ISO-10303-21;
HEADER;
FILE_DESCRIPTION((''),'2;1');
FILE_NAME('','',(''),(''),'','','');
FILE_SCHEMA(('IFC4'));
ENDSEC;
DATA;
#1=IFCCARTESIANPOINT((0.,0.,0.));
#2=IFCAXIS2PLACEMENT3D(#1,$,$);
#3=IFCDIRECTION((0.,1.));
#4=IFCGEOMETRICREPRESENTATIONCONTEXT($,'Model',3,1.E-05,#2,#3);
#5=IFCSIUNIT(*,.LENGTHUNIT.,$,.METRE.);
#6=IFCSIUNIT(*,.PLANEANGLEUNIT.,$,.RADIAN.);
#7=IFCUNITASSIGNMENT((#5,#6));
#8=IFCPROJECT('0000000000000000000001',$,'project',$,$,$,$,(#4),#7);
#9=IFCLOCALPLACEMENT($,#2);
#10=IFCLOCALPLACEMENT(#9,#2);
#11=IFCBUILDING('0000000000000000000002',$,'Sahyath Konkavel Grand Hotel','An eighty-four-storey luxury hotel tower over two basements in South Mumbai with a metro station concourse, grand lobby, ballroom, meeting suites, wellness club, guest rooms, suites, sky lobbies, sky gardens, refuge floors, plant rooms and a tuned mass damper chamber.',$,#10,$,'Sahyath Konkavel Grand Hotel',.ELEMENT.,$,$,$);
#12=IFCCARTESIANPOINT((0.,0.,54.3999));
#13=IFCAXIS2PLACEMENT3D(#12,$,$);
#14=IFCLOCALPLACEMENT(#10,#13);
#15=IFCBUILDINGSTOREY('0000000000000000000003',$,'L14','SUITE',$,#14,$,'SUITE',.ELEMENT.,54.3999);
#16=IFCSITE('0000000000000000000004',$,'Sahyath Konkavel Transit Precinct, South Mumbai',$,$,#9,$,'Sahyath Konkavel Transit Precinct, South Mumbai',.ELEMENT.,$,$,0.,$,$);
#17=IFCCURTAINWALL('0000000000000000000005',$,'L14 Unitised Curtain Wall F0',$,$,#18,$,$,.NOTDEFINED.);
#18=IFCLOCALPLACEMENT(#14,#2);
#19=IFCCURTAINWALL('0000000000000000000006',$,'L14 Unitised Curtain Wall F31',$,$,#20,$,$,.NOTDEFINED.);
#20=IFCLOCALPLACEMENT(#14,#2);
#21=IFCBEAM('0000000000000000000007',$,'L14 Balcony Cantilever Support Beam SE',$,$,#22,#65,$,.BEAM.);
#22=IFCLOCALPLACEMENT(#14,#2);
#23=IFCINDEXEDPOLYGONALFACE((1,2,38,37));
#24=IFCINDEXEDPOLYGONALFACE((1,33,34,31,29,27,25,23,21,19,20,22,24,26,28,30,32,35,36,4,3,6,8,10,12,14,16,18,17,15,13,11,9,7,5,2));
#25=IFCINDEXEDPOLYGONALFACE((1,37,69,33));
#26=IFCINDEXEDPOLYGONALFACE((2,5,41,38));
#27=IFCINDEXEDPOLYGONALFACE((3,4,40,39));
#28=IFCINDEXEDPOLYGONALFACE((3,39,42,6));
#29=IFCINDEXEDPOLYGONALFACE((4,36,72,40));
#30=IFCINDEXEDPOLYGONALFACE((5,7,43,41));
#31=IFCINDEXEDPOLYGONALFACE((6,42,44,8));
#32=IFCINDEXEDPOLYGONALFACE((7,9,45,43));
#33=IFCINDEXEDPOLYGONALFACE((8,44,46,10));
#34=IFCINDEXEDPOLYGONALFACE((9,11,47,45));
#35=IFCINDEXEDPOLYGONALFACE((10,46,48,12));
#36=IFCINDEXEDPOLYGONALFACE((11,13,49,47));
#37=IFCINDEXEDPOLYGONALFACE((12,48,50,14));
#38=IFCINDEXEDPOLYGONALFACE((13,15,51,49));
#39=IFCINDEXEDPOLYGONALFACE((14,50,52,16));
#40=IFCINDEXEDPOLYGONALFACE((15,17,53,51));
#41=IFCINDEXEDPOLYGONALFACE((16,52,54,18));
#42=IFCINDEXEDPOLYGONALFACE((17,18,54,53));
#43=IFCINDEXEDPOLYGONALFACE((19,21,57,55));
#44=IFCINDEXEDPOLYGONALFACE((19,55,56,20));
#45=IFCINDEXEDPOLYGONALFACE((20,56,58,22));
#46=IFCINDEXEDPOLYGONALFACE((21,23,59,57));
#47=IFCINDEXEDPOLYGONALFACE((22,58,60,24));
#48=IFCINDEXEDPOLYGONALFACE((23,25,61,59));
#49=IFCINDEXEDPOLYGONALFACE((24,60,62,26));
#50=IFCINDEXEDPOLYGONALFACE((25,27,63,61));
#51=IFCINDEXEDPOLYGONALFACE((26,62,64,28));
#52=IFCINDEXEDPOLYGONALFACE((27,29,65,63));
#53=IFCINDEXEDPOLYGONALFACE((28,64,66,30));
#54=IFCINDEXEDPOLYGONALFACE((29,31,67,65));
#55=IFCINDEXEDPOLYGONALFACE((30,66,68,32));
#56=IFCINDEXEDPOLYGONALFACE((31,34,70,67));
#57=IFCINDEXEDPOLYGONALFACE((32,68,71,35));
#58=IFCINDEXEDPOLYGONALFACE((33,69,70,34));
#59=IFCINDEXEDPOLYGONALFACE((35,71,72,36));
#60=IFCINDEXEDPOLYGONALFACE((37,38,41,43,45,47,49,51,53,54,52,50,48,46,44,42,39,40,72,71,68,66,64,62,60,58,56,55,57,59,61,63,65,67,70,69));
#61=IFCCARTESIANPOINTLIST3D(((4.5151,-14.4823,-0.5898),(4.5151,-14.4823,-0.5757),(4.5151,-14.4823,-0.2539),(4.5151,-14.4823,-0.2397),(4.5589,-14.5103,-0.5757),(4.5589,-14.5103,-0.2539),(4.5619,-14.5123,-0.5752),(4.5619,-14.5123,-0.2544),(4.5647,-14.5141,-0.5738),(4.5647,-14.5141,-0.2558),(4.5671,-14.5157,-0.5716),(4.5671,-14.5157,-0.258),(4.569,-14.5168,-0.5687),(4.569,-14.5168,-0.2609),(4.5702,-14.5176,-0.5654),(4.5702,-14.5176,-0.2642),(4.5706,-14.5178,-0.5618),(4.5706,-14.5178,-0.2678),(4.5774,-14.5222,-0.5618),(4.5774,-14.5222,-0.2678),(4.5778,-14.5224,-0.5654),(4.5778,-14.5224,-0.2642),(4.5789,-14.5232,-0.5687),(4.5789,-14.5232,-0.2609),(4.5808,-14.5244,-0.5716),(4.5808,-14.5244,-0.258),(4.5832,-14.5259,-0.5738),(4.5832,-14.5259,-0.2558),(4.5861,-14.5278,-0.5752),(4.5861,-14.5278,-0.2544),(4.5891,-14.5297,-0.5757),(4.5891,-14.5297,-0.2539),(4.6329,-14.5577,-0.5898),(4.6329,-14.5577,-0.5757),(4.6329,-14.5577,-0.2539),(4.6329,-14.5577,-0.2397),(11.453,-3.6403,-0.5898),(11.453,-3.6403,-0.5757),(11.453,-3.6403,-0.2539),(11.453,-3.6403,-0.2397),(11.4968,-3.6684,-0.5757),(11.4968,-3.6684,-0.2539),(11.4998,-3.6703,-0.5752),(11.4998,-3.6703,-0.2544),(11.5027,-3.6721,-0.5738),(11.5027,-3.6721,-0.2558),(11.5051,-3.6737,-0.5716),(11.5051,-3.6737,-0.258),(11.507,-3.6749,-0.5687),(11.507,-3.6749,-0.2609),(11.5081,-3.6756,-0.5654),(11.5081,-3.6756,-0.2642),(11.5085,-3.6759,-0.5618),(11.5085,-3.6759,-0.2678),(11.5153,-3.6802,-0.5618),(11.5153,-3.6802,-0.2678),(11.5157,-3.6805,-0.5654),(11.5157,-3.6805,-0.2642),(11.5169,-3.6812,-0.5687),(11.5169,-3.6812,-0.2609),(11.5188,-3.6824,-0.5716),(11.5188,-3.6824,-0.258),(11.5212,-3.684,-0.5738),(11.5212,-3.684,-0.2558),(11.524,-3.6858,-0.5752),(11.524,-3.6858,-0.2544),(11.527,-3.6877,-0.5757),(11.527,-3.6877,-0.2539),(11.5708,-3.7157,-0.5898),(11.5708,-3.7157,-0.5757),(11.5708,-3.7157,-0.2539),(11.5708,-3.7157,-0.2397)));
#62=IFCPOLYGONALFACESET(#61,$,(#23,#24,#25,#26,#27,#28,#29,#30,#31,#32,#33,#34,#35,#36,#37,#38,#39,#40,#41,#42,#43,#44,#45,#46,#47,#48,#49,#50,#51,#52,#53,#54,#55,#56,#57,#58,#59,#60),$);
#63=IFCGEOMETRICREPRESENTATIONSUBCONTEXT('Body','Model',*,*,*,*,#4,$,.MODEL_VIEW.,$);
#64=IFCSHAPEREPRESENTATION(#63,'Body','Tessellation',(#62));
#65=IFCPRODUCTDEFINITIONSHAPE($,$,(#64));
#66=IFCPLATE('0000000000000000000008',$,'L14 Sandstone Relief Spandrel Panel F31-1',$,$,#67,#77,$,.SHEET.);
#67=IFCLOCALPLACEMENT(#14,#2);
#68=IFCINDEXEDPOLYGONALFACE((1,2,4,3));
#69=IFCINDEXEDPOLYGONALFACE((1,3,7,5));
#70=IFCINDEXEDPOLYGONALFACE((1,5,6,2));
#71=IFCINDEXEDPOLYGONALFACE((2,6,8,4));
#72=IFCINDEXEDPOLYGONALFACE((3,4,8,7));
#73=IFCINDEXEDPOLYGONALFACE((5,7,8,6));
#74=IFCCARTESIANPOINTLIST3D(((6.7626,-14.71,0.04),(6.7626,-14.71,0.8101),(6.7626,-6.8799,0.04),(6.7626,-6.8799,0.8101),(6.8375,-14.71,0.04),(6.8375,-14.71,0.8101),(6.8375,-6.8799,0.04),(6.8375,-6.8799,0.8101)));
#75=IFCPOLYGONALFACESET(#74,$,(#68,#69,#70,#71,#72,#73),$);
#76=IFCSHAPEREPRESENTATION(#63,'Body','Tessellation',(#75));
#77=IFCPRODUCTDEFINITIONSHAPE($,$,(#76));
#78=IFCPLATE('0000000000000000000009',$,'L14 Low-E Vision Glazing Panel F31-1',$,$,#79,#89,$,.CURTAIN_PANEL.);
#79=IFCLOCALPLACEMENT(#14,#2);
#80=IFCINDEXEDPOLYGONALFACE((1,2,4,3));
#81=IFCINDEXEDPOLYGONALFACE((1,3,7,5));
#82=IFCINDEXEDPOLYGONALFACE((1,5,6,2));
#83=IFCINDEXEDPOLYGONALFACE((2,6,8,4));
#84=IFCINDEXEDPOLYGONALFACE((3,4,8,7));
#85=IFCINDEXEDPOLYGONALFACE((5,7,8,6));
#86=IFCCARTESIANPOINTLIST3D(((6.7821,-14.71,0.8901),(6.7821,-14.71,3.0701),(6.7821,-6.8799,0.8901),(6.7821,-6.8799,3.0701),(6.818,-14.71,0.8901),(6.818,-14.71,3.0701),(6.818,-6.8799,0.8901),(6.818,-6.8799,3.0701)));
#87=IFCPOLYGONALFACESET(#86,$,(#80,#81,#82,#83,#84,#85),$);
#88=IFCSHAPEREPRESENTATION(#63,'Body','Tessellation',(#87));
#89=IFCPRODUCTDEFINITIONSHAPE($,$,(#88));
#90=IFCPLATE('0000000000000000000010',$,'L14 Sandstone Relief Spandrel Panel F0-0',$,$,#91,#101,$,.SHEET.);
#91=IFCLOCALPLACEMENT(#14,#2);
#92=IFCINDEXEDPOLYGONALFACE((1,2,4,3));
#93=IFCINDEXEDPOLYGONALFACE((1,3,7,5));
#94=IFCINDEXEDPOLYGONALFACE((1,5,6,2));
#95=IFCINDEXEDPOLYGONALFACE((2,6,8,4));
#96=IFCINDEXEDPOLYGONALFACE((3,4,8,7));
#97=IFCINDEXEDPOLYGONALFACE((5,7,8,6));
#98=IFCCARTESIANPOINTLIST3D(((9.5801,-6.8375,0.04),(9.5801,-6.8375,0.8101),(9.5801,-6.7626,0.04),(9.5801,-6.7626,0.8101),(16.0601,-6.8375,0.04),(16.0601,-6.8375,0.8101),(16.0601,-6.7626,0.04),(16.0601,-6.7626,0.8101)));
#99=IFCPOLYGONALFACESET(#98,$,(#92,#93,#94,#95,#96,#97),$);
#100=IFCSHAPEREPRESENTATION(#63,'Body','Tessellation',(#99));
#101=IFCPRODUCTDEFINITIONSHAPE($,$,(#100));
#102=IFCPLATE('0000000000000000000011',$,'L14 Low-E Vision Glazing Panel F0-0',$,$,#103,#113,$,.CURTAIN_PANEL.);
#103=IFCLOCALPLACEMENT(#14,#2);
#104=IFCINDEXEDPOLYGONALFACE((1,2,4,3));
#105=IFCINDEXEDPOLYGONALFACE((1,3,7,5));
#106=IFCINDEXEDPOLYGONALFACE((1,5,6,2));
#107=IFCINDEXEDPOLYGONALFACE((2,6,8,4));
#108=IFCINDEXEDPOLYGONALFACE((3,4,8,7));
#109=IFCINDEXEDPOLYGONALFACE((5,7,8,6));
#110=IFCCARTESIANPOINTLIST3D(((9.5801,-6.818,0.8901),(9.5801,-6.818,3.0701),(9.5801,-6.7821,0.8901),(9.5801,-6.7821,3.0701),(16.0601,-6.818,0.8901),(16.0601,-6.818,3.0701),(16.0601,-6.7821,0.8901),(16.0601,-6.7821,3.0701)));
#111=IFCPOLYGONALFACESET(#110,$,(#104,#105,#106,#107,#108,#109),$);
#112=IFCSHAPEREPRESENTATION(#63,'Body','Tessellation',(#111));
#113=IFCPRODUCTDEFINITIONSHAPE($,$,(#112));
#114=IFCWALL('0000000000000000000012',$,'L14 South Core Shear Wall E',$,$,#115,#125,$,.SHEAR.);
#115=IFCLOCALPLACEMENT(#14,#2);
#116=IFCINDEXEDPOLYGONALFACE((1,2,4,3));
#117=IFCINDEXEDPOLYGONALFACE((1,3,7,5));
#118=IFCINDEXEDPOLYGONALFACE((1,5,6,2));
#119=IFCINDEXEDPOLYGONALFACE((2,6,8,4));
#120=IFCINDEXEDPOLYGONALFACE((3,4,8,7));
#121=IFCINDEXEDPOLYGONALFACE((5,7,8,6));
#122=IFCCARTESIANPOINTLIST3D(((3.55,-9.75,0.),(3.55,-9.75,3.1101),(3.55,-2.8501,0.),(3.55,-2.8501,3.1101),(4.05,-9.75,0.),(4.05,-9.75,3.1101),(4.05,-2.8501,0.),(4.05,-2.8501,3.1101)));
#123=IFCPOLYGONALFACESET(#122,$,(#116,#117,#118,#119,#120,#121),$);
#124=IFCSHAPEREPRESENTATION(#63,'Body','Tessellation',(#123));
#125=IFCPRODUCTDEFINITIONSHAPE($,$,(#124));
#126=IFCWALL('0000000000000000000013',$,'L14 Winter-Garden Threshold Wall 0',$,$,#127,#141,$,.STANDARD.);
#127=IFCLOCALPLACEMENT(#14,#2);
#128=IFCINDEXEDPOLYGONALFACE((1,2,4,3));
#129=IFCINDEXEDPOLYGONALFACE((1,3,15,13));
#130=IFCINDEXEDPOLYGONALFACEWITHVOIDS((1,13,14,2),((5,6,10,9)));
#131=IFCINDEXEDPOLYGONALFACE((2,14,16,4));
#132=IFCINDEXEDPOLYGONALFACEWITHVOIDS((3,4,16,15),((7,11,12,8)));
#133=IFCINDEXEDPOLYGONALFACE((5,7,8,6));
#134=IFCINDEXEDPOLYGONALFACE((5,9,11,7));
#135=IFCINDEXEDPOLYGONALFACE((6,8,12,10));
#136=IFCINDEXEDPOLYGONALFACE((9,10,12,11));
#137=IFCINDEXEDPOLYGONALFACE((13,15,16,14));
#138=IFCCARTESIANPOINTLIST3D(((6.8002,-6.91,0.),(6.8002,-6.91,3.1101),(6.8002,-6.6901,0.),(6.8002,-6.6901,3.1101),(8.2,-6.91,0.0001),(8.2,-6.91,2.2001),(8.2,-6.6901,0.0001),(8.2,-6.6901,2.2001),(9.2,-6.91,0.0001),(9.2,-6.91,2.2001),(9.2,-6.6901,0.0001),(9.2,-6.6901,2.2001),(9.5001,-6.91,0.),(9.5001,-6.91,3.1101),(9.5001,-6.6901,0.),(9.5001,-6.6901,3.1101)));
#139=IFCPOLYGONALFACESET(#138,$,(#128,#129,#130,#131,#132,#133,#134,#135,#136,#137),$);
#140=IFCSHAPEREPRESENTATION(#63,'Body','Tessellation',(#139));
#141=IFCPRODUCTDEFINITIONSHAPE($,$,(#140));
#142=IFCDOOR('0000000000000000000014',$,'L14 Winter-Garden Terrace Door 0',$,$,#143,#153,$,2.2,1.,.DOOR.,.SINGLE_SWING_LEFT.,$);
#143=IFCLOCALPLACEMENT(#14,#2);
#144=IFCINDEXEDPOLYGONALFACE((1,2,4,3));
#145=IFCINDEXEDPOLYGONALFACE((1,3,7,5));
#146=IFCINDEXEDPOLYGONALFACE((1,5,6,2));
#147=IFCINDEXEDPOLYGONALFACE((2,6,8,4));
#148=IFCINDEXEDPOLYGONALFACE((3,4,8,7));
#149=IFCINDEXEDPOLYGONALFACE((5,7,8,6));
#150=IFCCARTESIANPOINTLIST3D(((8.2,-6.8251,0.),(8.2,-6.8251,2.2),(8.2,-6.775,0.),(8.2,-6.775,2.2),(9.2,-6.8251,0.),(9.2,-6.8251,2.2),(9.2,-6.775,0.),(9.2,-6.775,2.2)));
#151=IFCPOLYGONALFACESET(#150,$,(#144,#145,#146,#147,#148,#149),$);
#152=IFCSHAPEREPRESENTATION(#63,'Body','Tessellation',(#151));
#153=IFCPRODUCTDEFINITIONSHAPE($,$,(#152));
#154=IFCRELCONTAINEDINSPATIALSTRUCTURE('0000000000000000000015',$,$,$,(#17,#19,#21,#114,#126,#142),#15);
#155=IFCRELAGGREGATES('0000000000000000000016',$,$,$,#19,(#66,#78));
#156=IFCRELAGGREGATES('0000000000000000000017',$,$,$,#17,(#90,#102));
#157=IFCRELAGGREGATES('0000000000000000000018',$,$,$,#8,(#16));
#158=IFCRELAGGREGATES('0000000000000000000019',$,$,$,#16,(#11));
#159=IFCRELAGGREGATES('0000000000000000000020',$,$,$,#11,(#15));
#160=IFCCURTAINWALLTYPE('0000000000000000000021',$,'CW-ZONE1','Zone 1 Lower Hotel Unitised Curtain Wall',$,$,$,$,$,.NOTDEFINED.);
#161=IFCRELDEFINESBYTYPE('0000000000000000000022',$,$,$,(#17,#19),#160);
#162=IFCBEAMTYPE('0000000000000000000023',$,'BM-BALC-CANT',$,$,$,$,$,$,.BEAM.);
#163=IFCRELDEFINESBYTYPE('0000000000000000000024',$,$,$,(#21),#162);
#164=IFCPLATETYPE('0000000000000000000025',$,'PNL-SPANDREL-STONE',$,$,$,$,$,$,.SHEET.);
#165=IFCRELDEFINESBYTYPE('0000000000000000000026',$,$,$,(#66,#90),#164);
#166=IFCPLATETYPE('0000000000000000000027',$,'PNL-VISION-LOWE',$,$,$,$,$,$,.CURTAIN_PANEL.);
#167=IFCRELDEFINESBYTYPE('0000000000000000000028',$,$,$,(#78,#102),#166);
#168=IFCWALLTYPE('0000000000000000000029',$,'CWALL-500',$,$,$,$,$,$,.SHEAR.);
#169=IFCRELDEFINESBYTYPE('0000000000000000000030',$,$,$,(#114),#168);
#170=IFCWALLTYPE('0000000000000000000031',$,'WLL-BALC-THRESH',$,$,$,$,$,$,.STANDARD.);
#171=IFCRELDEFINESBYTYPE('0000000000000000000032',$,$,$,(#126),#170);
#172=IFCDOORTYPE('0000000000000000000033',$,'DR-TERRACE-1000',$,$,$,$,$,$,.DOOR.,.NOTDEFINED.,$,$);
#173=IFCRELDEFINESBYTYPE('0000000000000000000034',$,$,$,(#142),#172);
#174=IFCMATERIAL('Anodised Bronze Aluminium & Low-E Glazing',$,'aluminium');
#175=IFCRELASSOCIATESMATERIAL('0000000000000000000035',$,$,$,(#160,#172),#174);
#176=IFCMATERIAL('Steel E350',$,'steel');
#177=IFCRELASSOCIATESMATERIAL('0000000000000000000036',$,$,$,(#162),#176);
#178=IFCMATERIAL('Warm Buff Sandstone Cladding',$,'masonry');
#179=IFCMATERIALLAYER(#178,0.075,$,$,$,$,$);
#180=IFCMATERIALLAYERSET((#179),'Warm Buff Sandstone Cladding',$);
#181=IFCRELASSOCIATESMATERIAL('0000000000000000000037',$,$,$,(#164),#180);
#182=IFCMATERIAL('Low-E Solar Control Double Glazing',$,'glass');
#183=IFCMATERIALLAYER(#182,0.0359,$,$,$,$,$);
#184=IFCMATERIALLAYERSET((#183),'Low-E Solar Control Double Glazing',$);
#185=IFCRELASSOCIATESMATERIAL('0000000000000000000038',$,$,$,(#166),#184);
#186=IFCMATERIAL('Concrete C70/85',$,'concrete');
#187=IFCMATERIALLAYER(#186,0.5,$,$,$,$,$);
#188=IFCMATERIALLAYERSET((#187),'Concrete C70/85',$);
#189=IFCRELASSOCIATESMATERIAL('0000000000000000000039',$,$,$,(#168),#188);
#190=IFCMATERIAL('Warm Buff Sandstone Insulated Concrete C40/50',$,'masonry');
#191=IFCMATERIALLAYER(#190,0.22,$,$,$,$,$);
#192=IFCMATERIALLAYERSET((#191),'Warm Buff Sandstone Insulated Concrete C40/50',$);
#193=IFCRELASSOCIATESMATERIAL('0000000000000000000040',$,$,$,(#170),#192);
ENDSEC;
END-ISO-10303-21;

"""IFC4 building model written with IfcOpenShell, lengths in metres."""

from ifc_helpers import new_model, si_unit, direction, frame, frame_2d, origin, origin_2d, place, context, subcontext, project, spatial, rectangle, i_section, extrude, source, transform, mapped, material, layer, layer_set, material_profile, profile_set, type_object, element, fill, aggregate, save


model = new_model("IFC4")

# Units and contexts
model_context = context("Model", 3, precision=1e-05, world=origin(), true_north=direction((0.0, 1.0)))
body_context = subcontext(model_context, "Body", "Model", "MODEL_VIEW")
ifc_project = project(units=[si_unit("LENGTHUNIT", "METRE"), si_unit("PLANEANGLEUNIT", "RADIAN")], contexts=[model_context])

# Site, building, storey
site_placement = place(None, origin())
site = spatial("IfcSite", under=ifc_project, at=site_placement, Name="Sahyath Konkavel Transit Precinct, South Mumbai", LongName="Sahyath Konkavel Transit Precinct, South Mumbai", CompositionType="ELEMENT", RefElevation=0.0)
building_placement = place(site_placement, origin())
building = spatial("IfcBuilding", under=site, at=building_placement, Name="Sahyath Konkavel Grand Hotel", Description="An eighty-four-storey luxury hotel tower over two basements in South Mumbai with a metro station concourse, grand lobby, ballroom, meeting suites, wellness club, guest rooms, suites, sky lobbies, sky gardens, refuge floors, plant rooms and a tuned mass damper chamber.", LongName="Sahyath Konkavel Grand Hotel", CompositionType="ELEMENT")
storey_placement = place(building_placement, frame((0.0, 0.0, 54.3999)))
storey = spatial("IfcBuildingStorey", under=building, at=storey_placement, Name="L14", Description="SUITE", LongName="SUITE", CompositionType="ELEMENT", Elevation=54.3999)

# Shared definitions
ifc_material_1 = material(Name="Concrete C70/85", Category="concrete")

# Shared definitions
ifc_material_2 = material(Name="Steel E350", Category="steel")

# Curtain walls
ifc_material_3 = material(Name="Anodised Bronze Aluminium & Low-E Glazing", Category="aluminium")
curtain_wall_type = type_object("IfcCurtainWallType", Name="CW-ZONE1", Description="Zone 1 Lower Hotel Unitised Curtain Wall", PredefinedType="NOTDEFINED", material=ifc_material_3)
curtain_wall_1_placement = place(storey_placement, origin())
curtain_wall_1 = element("IfcCurtainWall", 1, at=curtain_wall_1_placement, inside=storey, type_object=curtain_wall_type, Name="L14 Unitised Curtain Wall F0", PredefinedType="NOTDEFINED")
curtain_wall_2_placement = place(storey_placement, origin())
curtain_wall_2 = element("IfcCurtainWall", 2, at=curtain_wall_2_placement, inside=storey, type_object=curtain_wall_type, Name="L14 Unitised Curtain Wall F31", PredefinedType="NOTDEFINED")

# Beam
ifc_material_profile_1 = material_profile(ifc_material_2, i_section(OverallWidth=0.1399, OverallDepth=0.3501, WebThickness=0.0081, FlangeThickness=0.0142, FilletRadius=0.0139, at=origin_2d()), Name="ISMB 350")
ifc_profile_set_1 = profile_set([ifc_material_profile_1], Name="Steel E350")
beam_type_1 = type_object("IfcBeamType", Name="BM-BALC-CANT", PredefinedType="BEAM", material=ifc_profile_set_1)
shared_shape_1 = source(origin(), body_context, "Body", "SweptSolid", [
    extrude(i_section(OverallWidth=0.1399, OverallDepth=0.3501, WebThickness=0.0081, FlangeThickness=0.0142, FilletRadius=0.0139, at=origin_2d()), origin(), (0.0, 0.0, 1.0), 12.8718),
])
beam_1_placement = place(storey_placement, frame((4.574, -14.52, -0.4148), z_axis=(0.539003, 0.842304, 0.0), x_axis=(-0.842304, 0.539003, 0.0)))
element("IfcBeam", 3, at=beam_1_placement, inside=storey, type_object=beam_type_1, Name="L14 Balcony Cantilever Support Beam SE", PredefinedType="BEAM", context=body_context, shape_type="MappedRepresentation", body=[
    mapped(shared_shape_1, transform((0.0, 0.0, 0.0), scale=1.0)),
])

# Plates
ifc_material_4 = material(Name="Warm Buff Sandstone Cladding", Category="masonry")
ifc_layer_1 = layer(ifc_material_4, 0.075)
ifc_layer_set_1 = layer_set([ifc_layer_1], Name="Warm Buff Sandstone Cladding")
plate_type_1 = type_object("IfcPlateType", Name="PNL-SPANDREL-STONE", PredefinedType="SHEET", material=ifc_layer_set_1)
shared_shape_2 = source(origin(), body_context, "Body", "SweptSolid", [
    extrude(rectangle(XDim=7.8301, YDim=0.075, at=origin_2d()), origin(), (0.0, 0.0, 1.0), 0.77),
])
plate_1_placement = place(storey_placement, frame((6.8, -10.7949, 0.04), z_axis=(0.0, 0.0, 1.0), x_axis=(0.0, 1.0, 0.0)))
plate_1 = element("IfcPlate", 4, at=plate_1_placement, type_object=plate_type_1, Name="L14 Sandstone Relief Spandrel Panel F31-1", PredefinedType="SHEET", context=body_context, shape_type="MappedRepresentation", body=[
    mapped(shared_shape_2, transform((0.0, 0.0, 0.0), scale=1.0)),
])
ifc_material_5 = material(Name="Low-E Solar Control Double Glazing", Category="glass")
ifc_layer_2 = layer(ifc_material_5, 0.0359)
ifc_layer_set_2 = layer_set([ifc_layer_2], Name="Low-E Solar Control Double Glazing")
plate_type_2 = type_object("IfcPlateType", Name="PNL-VISION-LOWE", PredefinedType="CURTAIN_PANEL", material=ifc_layer_set_2)
shared_shape_3 = source(origin(), body_context, "Body", "SweptSolid", [
    extrude(rectangle(XDim=7.8301, YDim=0.0359, at=origin_2d()), origin(), (0.0, 0.0, 1.0), 2.1799),
])
plate_2_placement = place(storey_placement, frame((6.8, -10.7949, 0.8901), z_axis=(0.0, 0.0, 1.0), x_axis=(0.0, 1.0, 0.0)))
plate_2 = element("IfcPlate", 5, at=plate_2_placement, type_object=plate_type_2, Name="L14 Low-E Vision Glazing Panel F31-1", PredefinedType="CURTAIN_PANEL", context=body_context, shape_type="MappedRepresentation", body=[
    mapped(shared_shape_3, transform((0.0, 0.0, 0.0), scale=1.0)),
])
aggregate(curtain_wall_2, [plate_1, plate_2])
shared_shape_4 = source(origin(), body_context, "Body", "SweptSolid", [
    extrude(rectangle(XDim=6.48, YDim=0.075, at=origin_2d()), origin(), (0.0, 0.0, 1.0), 0.77),
])
plate_3_placement = place(storey_placement, frame((12.8201, -6.8, 0.04), z_axis=(0.0, 0.0, 1.0), x_axis=(1.0, 0.0, 0.0)))
plate_3 = element("IfcPlate", 6, at=plate_3_placement, type_object=plate_type_1, Name="L14 Sandstone Relief Spandrel Panel F0-0", PredefinedType="SHEET", context=body_context, shape_type="MappedRepresentation", body=[
    mapped(shared_shape_4, transform((0.0, 0.0, 0.0), scale=1.0)),
])
shared_shape_5 = source(origin(), body_context, "Body", "SweptSolid", [
    extrude(rectangle(XDim=6.48, YDim=0.0359, at=origin_2d()), origin(), (0.0, 0.0, 1.0), 2.1799),
])
plate_4_placement = place(storey_placement, frame((12.8201, -6.8, 0.8901), z_axis=(0.0, 0.0, 1.0), x_axis=(1.0, 0.0, 0.0)))
plate_4 = element("IfcPlate", 7, at=plate_4_placement, type_object=plate_type_2, Name="L14 Low-E Vision Glazing Panel F0-0", PredefinedType="CURTAIN_PANEL", context=body_context, shape_type="MappedRepresentation", body=[
    mapped(shared_shape_5, transform((0.0, 0.0, 0.0), scale=1.0)),
])
aggregate(curtain_wall_1, [plate_3, plate_4])

# Wall
ifc_layer_3 = layer(ifc_material_1, 0.5)
ifc_layer_set_3 = layer_set([ifc_layer_3], Name="Concrete C70/85")
wall_type_1 = type_object("IfcWallType", Name="CWALL-500", PredefinedType="SHEAR", material=ifc_layer_set_3)
wall_1_placement = place(storey_placement, frame((3.8, -9.75, 0.0), z_axis=(0.0, 0.0, 1.0), x_axis=(0.0, 1.0, 0.0)))
element("IfcWall", 8, at=wall_1_placement, inside=storey, type_object=wall_type_1, Name="L14 South Core Shear Wall E", PredefinedType="SHEAR", context=body_context, shape_type="SweptSolid", body=[
    extrude(rectangle(XDim=6.8999, YDim=0.5, at=frame_2d((3.45, 0.0))), origin(), (0.0, 0.0, 1.0), 3.1101),
])

# Wall, opening, door
ifc_material_6 = material(Name="Warm Buff Sandstone Insulated Concrete C40/50", Category="masonry")
ifc_layer_4 = layer(ifc_material_6, 0.22)
ifc_layer_set_4 = layer_set([ifc_layer_4], Name="Warm Buff Sandstone Insulated Concrete C40/50")
wall_type_2 = type_object("IfcWallType", Name="WLL-BALC-THRESH", PredefinedType="STANDARD", material=ifc_layer_set_4)
wall_2_placement = place(storey_placement, frame((6.8, -6.8, 0.0), z_axis=(0.0, 0.0, 1.0), x_axis=(1.0, 0.0, 0.0)))
wall_2 = element("IfcWall", 9, at=wall_2_placement, inside=storey, type_object=wall_type_2, Name="L14 Winter-Garden Threshold Wall 0", PredefinedType="STANDARD", context=body_context, shape_type="SweptSolid", body=[
    extrude(rectangle(XDim=2.7, YDim=0.22, at=frame_2d((1.3501, 0.0))), origin(), (0.0, 0.0, 1.0), 3.1101),
])
opening_1_placement = place(wall_2_placement, frame((1.3999, 0.0, 0.0)))
opening_1 = element("IfcOpeningElement", 10, at=opening_1_placement, cuts=wall_2, PredefinedType="OPENING", context=body_context, shape_type="SweptSolid", body=[
    extrude(rectangle(XDim=1.0, YDim=2.2, at=frame_2d((0.5, 1.1001))), frame((0.0, 0.1201, 0.0), z_axis=(0.0, -1.0, 0.0), x_axis=(1.0, 0.0, 0.0)), (0.0, 0.0, 1.0), 0.24),
])
door_type_1 = type_object("IfcDoorType", Name="DR-TERRACE-1000", OperationType="NOTDEFINED", PredefinedType="DOOR", material=ifc_material_3)
shared_shape_6 = source(origin(), body_context, "Body", "SweptSolid", [
    extrude(rectangle(XDim=1.0, YDim=0.05, at=origin_2d()), origin(), (0.0, 0.0, 1.0), 2.2),
])
door_1_placement = place(opening_1_placement, frame((0.5, 0.0, 0.0)))
door_1 = element("IfcDoor", 11, at=door_1_placement, inside=storey, type_object=door_type_1, Name="L14 Winter-Garden Terrace Door 0", OperationType="SINGLE_SWING_LEFT", OverallHeight=2.2, OverallWidth=1.0, PredefinedType="DOOR", context=body_context, shape_type="MappedRepresentation", body=[
    mapped(shared_shape_6, transform((0.0, 0.0, 0.0), scale=1.0)),
])
fill(opening_1, door_1)

save(model, "model.ifc")
